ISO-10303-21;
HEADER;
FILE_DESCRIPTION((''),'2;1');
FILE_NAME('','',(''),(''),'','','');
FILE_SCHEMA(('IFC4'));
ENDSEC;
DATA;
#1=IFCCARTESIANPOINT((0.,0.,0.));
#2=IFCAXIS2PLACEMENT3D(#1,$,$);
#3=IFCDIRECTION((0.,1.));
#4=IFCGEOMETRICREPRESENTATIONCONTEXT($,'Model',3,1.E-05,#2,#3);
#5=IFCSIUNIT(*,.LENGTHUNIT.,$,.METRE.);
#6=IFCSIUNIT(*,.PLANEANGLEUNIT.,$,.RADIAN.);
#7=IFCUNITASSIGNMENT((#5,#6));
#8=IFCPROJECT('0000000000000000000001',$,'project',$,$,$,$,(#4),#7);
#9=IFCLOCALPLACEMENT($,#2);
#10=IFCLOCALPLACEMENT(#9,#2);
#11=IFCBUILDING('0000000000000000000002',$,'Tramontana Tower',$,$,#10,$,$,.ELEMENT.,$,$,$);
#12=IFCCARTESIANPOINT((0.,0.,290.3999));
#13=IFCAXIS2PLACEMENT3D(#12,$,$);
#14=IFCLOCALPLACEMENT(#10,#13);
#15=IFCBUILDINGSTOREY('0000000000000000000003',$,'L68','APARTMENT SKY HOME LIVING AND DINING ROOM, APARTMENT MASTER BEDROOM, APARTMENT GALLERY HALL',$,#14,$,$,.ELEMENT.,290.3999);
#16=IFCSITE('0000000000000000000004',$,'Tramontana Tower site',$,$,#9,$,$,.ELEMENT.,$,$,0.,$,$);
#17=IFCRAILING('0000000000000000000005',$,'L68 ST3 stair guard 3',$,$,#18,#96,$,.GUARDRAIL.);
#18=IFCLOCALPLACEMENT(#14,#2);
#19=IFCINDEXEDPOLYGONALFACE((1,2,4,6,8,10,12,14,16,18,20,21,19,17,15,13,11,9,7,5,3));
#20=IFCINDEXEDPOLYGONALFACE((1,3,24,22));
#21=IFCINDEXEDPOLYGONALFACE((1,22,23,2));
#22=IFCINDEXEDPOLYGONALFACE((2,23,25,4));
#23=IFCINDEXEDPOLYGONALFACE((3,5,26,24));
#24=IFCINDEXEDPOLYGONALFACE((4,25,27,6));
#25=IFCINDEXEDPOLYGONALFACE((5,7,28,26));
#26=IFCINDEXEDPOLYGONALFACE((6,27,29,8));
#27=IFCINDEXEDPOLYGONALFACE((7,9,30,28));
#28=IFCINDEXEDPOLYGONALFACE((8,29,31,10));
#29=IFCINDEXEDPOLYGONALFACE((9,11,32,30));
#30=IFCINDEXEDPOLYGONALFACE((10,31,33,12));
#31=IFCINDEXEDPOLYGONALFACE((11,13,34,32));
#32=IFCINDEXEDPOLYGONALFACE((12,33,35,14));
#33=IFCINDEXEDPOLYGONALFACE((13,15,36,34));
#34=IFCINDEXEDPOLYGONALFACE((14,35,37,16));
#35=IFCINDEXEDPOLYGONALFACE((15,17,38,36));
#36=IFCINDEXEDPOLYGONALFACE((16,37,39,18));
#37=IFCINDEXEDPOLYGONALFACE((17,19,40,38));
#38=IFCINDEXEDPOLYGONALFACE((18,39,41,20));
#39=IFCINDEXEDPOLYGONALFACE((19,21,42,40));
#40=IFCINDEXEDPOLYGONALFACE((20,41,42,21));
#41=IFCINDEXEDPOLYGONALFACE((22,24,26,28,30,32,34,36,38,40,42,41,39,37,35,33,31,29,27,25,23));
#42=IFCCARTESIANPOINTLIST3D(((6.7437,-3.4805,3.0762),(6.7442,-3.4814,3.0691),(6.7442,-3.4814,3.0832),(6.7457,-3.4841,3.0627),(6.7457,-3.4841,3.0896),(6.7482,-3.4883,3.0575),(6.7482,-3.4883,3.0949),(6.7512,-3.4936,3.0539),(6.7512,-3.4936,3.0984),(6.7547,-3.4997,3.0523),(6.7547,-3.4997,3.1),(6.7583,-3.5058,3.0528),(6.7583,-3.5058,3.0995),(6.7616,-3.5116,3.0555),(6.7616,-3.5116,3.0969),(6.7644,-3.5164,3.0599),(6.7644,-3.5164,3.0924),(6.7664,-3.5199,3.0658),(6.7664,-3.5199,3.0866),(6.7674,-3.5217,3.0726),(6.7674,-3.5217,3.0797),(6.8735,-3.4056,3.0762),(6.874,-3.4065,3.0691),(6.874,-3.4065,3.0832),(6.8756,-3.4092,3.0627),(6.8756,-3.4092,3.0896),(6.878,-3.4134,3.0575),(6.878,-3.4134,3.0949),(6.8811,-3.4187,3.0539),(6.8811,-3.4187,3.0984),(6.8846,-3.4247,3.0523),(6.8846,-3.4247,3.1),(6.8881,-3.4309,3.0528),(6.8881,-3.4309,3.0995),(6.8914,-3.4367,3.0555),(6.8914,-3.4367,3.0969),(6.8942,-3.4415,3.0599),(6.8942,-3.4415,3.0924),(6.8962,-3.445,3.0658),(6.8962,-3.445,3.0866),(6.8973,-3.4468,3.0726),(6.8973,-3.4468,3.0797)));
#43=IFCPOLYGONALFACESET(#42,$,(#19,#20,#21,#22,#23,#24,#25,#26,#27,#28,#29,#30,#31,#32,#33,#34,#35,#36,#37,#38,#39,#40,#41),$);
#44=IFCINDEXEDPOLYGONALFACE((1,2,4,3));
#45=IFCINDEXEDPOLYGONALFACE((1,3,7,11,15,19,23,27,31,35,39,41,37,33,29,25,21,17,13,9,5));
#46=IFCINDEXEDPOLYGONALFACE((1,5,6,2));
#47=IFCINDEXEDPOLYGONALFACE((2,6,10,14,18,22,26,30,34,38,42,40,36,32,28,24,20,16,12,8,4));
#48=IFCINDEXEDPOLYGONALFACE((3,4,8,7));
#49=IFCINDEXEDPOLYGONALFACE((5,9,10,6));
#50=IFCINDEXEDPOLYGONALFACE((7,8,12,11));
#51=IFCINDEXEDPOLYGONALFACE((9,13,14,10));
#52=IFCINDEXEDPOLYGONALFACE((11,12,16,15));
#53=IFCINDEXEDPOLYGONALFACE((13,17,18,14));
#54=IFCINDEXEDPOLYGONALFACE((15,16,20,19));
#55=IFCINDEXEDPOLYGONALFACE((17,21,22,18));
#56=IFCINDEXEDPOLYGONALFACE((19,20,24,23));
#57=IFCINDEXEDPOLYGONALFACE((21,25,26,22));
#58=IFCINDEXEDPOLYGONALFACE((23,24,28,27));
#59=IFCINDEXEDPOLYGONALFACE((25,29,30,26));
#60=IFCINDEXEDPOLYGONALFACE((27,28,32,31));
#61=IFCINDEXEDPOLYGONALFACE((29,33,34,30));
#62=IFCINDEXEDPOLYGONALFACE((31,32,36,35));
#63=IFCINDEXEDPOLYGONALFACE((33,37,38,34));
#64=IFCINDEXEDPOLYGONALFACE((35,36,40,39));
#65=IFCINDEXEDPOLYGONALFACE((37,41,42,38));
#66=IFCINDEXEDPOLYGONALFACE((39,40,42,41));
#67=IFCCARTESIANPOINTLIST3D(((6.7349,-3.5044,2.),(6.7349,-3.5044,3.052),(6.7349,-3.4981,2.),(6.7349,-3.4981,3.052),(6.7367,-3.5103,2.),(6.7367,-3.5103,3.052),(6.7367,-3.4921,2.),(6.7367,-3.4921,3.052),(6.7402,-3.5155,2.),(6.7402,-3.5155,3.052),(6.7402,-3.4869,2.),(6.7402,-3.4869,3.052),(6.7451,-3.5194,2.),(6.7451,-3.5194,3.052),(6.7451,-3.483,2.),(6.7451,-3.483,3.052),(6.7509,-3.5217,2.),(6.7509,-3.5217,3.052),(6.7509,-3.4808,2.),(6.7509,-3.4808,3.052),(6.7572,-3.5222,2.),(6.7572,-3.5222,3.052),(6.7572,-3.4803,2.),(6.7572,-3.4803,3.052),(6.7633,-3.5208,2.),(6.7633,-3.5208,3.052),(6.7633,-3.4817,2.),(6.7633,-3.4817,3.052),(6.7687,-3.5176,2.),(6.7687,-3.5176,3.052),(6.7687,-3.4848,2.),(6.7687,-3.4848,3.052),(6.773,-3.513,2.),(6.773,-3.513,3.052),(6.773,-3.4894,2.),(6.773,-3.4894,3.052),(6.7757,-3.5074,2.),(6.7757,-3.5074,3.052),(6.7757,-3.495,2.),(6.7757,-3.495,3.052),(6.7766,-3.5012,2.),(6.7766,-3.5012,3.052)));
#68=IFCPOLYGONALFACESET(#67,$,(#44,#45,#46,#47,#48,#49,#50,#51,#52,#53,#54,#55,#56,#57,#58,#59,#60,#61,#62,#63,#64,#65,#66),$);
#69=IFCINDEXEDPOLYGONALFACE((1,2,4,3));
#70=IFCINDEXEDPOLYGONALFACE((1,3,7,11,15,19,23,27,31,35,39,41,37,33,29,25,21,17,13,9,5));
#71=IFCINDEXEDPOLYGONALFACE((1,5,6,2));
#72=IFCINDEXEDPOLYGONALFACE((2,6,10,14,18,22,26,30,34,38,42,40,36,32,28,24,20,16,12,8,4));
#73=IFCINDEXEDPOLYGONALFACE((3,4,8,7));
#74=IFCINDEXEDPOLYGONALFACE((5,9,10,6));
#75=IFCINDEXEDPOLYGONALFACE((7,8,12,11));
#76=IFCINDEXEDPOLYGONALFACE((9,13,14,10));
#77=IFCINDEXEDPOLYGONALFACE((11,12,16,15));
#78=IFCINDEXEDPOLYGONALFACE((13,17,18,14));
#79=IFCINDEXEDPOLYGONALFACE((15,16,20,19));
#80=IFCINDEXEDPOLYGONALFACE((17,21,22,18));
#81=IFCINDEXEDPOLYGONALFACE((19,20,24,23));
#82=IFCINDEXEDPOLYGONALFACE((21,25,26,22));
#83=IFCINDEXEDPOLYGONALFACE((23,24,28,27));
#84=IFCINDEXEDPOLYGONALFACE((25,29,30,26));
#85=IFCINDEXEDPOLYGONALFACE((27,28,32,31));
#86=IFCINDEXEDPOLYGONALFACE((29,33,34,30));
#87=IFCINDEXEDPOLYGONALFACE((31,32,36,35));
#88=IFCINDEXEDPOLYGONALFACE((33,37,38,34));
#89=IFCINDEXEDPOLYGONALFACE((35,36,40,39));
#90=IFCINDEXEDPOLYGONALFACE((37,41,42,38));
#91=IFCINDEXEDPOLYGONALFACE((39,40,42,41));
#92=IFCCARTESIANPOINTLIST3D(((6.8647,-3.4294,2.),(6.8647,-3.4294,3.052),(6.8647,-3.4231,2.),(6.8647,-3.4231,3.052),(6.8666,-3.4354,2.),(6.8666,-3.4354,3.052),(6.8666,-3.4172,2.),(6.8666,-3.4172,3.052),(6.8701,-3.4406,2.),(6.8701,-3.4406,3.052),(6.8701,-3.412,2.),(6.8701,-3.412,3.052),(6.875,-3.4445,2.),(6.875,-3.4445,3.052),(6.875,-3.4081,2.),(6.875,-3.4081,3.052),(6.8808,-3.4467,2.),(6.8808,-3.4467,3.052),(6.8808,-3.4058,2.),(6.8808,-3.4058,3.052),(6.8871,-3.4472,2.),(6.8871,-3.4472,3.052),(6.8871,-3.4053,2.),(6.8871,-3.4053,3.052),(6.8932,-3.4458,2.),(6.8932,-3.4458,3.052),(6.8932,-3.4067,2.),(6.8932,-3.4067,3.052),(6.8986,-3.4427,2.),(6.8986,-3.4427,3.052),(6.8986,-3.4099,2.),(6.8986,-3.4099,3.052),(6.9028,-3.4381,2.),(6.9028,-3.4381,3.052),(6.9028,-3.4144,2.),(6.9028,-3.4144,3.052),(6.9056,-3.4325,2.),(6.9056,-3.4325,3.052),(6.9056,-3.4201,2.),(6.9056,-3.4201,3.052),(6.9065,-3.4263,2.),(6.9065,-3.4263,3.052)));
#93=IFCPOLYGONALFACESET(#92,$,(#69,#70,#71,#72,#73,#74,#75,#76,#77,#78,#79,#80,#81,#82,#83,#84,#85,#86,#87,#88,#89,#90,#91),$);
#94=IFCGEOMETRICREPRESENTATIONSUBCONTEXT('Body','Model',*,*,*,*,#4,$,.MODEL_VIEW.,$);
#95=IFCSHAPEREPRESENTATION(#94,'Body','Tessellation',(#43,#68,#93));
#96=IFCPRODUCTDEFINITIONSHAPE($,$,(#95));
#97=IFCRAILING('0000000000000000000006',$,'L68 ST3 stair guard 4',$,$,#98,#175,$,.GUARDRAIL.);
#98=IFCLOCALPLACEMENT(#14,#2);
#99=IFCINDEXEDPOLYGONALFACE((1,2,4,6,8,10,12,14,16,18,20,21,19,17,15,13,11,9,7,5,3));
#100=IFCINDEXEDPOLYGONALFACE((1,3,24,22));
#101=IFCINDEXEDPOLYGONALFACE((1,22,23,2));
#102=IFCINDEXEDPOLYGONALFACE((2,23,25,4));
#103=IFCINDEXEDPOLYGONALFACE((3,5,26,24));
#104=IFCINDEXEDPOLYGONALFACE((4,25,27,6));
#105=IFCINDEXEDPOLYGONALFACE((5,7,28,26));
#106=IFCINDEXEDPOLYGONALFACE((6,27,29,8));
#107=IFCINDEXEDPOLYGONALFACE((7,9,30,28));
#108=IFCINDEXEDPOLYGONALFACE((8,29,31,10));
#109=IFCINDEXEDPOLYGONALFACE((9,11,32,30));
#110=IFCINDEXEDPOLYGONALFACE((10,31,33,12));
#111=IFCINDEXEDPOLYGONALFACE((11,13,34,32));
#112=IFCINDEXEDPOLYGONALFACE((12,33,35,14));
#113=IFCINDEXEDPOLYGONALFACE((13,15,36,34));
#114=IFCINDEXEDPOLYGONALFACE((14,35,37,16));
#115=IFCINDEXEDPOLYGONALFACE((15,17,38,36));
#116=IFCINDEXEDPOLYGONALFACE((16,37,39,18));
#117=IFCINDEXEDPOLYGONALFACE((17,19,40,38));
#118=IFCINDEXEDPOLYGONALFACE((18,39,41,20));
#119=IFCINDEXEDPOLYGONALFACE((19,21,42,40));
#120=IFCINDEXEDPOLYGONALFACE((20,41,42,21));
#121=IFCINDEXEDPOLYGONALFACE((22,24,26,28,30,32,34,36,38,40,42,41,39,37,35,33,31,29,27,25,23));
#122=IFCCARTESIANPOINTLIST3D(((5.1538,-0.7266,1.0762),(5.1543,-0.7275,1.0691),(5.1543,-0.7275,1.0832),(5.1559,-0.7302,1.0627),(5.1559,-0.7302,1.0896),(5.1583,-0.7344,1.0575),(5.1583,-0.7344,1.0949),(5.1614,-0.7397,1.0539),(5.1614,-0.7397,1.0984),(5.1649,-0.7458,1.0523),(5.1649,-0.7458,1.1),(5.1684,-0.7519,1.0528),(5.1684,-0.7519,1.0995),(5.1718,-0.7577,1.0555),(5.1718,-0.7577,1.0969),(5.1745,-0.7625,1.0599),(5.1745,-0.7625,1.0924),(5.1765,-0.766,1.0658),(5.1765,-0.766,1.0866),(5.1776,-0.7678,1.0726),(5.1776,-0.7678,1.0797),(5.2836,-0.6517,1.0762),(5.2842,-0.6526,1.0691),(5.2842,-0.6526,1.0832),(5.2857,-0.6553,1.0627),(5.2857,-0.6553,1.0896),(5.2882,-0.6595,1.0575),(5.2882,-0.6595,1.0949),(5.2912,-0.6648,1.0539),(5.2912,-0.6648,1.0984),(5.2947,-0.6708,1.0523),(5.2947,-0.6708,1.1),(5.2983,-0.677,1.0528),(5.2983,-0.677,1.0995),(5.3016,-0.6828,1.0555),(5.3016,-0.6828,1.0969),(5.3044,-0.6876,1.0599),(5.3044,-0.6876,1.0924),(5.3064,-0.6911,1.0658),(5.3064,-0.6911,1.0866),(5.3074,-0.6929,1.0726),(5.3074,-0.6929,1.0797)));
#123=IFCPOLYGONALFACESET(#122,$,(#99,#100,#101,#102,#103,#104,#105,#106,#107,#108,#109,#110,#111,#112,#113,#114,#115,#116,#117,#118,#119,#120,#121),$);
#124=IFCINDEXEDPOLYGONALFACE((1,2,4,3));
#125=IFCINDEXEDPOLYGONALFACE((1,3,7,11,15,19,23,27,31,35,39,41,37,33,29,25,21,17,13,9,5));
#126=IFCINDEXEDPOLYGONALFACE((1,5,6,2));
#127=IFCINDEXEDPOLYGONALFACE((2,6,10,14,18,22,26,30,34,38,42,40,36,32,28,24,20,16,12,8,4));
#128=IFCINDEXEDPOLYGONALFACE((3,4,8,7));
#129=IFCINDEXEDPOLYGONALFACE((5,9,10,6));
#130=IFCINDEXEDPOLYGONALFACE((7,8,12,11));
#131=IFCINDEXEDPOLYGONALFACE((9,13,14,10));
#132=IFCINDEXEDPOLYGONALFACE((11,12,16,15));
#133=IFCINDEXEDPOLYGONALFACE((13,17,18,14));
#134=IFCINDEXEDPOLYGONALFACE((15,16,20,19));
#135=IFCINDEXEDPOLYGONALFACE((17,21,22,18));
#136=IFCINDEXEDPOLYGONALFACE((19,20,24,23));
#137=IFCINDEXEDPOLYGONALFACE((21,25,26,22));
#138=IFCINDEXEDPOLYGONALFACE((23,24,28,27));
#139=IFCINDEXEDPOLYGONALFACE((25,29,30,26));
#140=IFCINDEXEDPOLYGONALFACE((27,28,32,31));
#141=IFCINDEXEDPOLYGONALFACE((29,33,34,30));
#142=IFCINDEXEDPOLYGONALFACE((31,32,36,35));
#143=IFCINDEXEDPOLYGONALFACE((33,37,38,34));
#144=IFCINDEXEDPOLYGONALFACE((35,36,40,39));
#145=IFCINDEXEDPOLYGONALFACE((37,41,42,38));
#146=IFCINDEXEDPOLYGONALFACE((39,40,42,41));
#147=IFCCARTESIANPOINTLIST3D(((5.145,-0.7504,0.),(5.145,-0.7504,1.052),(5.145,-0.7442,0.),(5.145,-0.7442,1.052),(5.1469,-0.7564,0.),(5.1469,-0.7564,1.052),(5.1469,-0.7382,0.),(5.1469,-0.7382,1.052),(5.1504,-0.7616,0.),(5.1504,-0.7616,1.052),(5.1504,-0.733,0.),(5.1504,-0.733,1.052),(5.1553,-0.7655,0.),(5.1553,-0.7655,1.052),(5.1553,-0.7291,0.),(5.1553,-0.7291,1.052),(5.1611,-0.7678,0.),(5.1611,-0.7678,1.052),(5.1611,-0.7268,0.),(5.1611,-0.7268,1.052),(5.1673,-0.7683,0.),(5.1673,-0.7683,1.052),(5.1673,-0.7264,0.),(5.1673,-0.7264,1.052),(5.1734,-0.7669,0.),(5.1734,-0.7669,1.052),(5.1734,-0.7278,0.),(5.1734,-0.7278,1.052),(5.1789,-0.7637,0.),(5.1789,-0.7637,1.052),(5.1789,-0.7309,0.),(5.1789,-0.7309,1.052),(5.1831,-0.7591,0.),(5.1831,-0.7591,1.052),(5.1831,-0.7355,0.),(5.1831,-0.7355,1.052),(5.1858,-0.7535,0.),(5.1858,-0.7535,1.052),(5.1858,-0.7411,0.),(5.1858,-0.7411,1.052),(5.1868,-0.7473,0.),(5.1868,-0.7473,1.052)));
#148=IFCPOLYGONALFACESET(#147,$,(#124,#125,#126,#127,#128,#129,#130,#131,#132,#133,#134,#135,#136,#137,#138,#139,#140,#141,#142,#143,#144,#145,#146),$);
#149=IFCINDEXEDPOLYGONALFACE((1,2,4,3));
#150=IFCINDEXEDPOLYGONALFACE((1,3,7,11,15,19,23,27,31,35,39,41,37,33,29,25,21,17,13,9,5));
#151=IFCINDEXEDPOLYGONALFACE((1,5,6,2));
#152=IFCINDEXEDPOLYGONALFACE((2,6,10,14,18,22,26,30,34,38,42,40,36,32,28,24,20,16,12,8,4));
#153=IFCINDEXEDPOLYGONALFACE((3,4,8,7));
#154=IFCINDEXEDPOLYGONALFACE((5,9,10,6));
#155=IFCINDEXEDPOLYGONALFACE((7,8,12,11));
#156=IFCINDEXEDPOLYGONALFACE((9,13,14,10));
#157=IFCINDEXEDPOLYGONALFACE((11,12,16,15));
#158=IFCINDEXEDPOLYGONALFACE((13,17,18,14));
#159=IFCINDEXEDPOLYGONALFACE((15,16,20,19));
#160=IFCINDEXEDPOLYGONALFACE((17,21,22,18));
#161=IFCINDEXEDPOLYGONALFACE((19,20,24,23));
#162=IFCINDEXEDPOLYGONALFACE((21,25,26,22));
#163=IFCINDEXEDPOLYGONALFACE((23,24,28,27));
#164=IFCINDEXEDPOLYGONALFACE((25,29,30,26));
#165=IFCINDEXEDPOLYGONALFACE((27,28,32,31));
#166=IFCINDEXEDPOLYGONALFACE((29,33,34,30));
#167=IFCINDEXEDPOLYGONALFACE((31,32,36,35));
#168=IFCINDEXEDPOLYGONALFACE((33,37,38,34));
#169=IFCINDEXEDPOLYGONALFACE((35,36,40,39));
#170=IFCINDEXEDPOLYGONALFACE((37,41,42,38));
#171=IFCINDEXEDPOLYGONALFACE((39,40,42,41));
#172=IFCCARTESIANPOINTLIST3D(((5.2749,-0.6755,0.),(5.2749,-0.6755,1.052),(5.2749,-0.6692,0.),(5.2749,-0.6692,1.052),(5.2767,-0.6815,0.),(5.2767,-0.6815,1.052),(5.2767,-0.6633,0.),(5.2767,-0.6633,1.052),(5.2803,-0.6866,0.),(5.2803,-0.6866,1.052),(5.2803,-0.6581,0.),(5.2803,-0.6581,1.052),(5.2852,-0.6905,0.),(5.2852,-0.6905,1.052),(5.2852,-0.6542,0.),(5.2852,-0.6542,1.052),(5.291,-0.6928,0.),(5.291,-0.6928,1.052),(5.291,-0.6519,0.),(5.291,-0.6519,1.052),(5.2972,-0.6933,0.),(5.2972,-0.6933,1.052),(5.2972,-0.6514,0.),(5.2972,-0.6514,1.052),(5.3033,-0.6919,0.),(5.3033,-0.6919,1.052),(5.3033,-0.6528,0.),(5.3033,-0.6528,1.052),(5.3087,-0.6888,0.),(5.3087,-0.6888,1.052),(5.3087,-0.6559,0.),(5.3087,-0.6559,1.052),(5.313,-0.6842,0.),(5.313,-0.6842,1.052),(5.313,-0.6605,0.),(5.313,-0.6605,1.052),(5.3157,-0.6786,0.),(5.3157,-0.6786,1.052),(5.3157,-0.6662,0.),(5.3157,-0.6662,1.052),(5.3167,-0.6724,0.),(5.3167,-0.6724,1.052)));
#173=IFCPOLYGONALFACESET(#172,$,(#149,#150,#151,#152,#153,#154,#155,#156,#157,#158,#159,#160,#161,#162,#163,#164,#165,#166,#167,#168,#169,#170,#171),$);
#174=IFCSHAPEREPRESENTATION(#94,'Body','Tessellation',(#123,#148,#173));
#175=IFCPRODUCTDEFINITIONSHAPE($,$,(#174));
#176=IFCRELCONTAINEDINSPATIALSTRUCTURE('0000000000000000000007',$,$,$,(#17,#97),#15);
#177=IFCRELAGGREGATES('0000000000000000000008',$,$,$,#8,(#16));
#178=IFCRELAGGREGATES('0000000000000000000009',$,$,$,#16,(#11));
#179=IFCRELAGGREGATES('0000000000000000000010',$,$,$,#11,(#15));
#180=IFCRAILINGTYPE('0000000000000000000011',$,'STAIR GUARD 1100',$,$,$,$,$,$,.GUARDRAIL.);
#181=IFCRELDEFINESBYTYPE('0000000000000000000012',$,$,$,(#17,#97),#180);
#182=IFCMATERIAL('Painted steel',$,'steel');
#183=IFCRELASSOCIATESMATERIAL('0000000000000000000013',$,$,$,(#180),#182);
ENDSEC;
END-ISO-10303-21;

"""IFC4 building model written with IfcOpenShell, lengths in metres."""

from ifc_helpers import new_model, si_unit, direction, frame, origin, origin_2d, place, context, subcontext, project, spatial, circle, extrude, material, type_object, element, save


model = new_model("IFC4")

# Units and contexts
model_context = context("Model", 3, precision=1e-05, world=origin(), true_north=direction((0.0, 1.0)))
body_context = subcontext(model_context, "Body", "Model", "MODEL_VIEW")
ifc_project = project(units=[si_unit("LENGTHUNIT", "METRE"), si_unit("PLANEANGLEUNIT", "RADIAN")], contexts=[model_context])

# Site, building, storey
site_placement = place(None, origin())
site = spatial("IfcSite", under=ifc_project, at=site_placement, Name="Tramontana Tower site", CompositionType="ELEMENT", RefElevation=0.0)
building_placement = place(site_placement, origin())
building = spatial("IfcBuilding", under=site, at=building_placement, Name="Tramontana Tower", CompositionType="ELEMENT")
storey_placement = place(building_placement, frame((0.0, 0.0, 290.3999)))
storey = spatial("IfcBuildingStorey", under=building, at=storey_placement, Name="L68", Description="APARTMENT SKY HOME LIVING AND DINING ROOM, APARTMENT MASTER BEDROOM, APARTMENT GALLERY HALL", CompositionType="ELEMENT", Elevation=290.3999)

# Railings
ifc_material_1 = material(Name="Painted steel", Category="steel")
railing_type_1 = type_object("IfcRailingType", Name="STAIR GUARD 1100", PredefinedType="GUARDRAIL", material=ifc_material_1)
for number, where, name in (
    (1, (6.7556, -3.5012, 2.0), "L68 ST3 stair guard 3"),
    (2, (5.1658, -0.7473, 0.0), "L68 ST3 stair guard 4"),
):
    element("IfcRailing", number, at=place(storey_placement, frame(where)), inside=storey, type_object=railing_type_1, Name=name, PredefinedType="GUARDRAIL", context=body_context, shape_type="SweptSolid", body=[
        extrude(circle(Radius=0.0239, at=origin_2d()), frame((0.0, 0.0, 1.0762), z_axis=(0.866131, 0.499816, 0.0), x_axis=(-0.499816, 0.866131, 0.0)), (0.0, 0.0, 1.0), 0.1499),
        extrude(circle(Radius=0.021, at=origin_2d()), origin(), (0.0, 0.0, 1.0), 1.052),
        extrude(circle(Radius=0.021, at=origin_2d()), frame((0.1299, 0.075, 0.0)), (0.0, 0.0, 1.0), 1.052),
    ])

save(model, "model.ifc")
